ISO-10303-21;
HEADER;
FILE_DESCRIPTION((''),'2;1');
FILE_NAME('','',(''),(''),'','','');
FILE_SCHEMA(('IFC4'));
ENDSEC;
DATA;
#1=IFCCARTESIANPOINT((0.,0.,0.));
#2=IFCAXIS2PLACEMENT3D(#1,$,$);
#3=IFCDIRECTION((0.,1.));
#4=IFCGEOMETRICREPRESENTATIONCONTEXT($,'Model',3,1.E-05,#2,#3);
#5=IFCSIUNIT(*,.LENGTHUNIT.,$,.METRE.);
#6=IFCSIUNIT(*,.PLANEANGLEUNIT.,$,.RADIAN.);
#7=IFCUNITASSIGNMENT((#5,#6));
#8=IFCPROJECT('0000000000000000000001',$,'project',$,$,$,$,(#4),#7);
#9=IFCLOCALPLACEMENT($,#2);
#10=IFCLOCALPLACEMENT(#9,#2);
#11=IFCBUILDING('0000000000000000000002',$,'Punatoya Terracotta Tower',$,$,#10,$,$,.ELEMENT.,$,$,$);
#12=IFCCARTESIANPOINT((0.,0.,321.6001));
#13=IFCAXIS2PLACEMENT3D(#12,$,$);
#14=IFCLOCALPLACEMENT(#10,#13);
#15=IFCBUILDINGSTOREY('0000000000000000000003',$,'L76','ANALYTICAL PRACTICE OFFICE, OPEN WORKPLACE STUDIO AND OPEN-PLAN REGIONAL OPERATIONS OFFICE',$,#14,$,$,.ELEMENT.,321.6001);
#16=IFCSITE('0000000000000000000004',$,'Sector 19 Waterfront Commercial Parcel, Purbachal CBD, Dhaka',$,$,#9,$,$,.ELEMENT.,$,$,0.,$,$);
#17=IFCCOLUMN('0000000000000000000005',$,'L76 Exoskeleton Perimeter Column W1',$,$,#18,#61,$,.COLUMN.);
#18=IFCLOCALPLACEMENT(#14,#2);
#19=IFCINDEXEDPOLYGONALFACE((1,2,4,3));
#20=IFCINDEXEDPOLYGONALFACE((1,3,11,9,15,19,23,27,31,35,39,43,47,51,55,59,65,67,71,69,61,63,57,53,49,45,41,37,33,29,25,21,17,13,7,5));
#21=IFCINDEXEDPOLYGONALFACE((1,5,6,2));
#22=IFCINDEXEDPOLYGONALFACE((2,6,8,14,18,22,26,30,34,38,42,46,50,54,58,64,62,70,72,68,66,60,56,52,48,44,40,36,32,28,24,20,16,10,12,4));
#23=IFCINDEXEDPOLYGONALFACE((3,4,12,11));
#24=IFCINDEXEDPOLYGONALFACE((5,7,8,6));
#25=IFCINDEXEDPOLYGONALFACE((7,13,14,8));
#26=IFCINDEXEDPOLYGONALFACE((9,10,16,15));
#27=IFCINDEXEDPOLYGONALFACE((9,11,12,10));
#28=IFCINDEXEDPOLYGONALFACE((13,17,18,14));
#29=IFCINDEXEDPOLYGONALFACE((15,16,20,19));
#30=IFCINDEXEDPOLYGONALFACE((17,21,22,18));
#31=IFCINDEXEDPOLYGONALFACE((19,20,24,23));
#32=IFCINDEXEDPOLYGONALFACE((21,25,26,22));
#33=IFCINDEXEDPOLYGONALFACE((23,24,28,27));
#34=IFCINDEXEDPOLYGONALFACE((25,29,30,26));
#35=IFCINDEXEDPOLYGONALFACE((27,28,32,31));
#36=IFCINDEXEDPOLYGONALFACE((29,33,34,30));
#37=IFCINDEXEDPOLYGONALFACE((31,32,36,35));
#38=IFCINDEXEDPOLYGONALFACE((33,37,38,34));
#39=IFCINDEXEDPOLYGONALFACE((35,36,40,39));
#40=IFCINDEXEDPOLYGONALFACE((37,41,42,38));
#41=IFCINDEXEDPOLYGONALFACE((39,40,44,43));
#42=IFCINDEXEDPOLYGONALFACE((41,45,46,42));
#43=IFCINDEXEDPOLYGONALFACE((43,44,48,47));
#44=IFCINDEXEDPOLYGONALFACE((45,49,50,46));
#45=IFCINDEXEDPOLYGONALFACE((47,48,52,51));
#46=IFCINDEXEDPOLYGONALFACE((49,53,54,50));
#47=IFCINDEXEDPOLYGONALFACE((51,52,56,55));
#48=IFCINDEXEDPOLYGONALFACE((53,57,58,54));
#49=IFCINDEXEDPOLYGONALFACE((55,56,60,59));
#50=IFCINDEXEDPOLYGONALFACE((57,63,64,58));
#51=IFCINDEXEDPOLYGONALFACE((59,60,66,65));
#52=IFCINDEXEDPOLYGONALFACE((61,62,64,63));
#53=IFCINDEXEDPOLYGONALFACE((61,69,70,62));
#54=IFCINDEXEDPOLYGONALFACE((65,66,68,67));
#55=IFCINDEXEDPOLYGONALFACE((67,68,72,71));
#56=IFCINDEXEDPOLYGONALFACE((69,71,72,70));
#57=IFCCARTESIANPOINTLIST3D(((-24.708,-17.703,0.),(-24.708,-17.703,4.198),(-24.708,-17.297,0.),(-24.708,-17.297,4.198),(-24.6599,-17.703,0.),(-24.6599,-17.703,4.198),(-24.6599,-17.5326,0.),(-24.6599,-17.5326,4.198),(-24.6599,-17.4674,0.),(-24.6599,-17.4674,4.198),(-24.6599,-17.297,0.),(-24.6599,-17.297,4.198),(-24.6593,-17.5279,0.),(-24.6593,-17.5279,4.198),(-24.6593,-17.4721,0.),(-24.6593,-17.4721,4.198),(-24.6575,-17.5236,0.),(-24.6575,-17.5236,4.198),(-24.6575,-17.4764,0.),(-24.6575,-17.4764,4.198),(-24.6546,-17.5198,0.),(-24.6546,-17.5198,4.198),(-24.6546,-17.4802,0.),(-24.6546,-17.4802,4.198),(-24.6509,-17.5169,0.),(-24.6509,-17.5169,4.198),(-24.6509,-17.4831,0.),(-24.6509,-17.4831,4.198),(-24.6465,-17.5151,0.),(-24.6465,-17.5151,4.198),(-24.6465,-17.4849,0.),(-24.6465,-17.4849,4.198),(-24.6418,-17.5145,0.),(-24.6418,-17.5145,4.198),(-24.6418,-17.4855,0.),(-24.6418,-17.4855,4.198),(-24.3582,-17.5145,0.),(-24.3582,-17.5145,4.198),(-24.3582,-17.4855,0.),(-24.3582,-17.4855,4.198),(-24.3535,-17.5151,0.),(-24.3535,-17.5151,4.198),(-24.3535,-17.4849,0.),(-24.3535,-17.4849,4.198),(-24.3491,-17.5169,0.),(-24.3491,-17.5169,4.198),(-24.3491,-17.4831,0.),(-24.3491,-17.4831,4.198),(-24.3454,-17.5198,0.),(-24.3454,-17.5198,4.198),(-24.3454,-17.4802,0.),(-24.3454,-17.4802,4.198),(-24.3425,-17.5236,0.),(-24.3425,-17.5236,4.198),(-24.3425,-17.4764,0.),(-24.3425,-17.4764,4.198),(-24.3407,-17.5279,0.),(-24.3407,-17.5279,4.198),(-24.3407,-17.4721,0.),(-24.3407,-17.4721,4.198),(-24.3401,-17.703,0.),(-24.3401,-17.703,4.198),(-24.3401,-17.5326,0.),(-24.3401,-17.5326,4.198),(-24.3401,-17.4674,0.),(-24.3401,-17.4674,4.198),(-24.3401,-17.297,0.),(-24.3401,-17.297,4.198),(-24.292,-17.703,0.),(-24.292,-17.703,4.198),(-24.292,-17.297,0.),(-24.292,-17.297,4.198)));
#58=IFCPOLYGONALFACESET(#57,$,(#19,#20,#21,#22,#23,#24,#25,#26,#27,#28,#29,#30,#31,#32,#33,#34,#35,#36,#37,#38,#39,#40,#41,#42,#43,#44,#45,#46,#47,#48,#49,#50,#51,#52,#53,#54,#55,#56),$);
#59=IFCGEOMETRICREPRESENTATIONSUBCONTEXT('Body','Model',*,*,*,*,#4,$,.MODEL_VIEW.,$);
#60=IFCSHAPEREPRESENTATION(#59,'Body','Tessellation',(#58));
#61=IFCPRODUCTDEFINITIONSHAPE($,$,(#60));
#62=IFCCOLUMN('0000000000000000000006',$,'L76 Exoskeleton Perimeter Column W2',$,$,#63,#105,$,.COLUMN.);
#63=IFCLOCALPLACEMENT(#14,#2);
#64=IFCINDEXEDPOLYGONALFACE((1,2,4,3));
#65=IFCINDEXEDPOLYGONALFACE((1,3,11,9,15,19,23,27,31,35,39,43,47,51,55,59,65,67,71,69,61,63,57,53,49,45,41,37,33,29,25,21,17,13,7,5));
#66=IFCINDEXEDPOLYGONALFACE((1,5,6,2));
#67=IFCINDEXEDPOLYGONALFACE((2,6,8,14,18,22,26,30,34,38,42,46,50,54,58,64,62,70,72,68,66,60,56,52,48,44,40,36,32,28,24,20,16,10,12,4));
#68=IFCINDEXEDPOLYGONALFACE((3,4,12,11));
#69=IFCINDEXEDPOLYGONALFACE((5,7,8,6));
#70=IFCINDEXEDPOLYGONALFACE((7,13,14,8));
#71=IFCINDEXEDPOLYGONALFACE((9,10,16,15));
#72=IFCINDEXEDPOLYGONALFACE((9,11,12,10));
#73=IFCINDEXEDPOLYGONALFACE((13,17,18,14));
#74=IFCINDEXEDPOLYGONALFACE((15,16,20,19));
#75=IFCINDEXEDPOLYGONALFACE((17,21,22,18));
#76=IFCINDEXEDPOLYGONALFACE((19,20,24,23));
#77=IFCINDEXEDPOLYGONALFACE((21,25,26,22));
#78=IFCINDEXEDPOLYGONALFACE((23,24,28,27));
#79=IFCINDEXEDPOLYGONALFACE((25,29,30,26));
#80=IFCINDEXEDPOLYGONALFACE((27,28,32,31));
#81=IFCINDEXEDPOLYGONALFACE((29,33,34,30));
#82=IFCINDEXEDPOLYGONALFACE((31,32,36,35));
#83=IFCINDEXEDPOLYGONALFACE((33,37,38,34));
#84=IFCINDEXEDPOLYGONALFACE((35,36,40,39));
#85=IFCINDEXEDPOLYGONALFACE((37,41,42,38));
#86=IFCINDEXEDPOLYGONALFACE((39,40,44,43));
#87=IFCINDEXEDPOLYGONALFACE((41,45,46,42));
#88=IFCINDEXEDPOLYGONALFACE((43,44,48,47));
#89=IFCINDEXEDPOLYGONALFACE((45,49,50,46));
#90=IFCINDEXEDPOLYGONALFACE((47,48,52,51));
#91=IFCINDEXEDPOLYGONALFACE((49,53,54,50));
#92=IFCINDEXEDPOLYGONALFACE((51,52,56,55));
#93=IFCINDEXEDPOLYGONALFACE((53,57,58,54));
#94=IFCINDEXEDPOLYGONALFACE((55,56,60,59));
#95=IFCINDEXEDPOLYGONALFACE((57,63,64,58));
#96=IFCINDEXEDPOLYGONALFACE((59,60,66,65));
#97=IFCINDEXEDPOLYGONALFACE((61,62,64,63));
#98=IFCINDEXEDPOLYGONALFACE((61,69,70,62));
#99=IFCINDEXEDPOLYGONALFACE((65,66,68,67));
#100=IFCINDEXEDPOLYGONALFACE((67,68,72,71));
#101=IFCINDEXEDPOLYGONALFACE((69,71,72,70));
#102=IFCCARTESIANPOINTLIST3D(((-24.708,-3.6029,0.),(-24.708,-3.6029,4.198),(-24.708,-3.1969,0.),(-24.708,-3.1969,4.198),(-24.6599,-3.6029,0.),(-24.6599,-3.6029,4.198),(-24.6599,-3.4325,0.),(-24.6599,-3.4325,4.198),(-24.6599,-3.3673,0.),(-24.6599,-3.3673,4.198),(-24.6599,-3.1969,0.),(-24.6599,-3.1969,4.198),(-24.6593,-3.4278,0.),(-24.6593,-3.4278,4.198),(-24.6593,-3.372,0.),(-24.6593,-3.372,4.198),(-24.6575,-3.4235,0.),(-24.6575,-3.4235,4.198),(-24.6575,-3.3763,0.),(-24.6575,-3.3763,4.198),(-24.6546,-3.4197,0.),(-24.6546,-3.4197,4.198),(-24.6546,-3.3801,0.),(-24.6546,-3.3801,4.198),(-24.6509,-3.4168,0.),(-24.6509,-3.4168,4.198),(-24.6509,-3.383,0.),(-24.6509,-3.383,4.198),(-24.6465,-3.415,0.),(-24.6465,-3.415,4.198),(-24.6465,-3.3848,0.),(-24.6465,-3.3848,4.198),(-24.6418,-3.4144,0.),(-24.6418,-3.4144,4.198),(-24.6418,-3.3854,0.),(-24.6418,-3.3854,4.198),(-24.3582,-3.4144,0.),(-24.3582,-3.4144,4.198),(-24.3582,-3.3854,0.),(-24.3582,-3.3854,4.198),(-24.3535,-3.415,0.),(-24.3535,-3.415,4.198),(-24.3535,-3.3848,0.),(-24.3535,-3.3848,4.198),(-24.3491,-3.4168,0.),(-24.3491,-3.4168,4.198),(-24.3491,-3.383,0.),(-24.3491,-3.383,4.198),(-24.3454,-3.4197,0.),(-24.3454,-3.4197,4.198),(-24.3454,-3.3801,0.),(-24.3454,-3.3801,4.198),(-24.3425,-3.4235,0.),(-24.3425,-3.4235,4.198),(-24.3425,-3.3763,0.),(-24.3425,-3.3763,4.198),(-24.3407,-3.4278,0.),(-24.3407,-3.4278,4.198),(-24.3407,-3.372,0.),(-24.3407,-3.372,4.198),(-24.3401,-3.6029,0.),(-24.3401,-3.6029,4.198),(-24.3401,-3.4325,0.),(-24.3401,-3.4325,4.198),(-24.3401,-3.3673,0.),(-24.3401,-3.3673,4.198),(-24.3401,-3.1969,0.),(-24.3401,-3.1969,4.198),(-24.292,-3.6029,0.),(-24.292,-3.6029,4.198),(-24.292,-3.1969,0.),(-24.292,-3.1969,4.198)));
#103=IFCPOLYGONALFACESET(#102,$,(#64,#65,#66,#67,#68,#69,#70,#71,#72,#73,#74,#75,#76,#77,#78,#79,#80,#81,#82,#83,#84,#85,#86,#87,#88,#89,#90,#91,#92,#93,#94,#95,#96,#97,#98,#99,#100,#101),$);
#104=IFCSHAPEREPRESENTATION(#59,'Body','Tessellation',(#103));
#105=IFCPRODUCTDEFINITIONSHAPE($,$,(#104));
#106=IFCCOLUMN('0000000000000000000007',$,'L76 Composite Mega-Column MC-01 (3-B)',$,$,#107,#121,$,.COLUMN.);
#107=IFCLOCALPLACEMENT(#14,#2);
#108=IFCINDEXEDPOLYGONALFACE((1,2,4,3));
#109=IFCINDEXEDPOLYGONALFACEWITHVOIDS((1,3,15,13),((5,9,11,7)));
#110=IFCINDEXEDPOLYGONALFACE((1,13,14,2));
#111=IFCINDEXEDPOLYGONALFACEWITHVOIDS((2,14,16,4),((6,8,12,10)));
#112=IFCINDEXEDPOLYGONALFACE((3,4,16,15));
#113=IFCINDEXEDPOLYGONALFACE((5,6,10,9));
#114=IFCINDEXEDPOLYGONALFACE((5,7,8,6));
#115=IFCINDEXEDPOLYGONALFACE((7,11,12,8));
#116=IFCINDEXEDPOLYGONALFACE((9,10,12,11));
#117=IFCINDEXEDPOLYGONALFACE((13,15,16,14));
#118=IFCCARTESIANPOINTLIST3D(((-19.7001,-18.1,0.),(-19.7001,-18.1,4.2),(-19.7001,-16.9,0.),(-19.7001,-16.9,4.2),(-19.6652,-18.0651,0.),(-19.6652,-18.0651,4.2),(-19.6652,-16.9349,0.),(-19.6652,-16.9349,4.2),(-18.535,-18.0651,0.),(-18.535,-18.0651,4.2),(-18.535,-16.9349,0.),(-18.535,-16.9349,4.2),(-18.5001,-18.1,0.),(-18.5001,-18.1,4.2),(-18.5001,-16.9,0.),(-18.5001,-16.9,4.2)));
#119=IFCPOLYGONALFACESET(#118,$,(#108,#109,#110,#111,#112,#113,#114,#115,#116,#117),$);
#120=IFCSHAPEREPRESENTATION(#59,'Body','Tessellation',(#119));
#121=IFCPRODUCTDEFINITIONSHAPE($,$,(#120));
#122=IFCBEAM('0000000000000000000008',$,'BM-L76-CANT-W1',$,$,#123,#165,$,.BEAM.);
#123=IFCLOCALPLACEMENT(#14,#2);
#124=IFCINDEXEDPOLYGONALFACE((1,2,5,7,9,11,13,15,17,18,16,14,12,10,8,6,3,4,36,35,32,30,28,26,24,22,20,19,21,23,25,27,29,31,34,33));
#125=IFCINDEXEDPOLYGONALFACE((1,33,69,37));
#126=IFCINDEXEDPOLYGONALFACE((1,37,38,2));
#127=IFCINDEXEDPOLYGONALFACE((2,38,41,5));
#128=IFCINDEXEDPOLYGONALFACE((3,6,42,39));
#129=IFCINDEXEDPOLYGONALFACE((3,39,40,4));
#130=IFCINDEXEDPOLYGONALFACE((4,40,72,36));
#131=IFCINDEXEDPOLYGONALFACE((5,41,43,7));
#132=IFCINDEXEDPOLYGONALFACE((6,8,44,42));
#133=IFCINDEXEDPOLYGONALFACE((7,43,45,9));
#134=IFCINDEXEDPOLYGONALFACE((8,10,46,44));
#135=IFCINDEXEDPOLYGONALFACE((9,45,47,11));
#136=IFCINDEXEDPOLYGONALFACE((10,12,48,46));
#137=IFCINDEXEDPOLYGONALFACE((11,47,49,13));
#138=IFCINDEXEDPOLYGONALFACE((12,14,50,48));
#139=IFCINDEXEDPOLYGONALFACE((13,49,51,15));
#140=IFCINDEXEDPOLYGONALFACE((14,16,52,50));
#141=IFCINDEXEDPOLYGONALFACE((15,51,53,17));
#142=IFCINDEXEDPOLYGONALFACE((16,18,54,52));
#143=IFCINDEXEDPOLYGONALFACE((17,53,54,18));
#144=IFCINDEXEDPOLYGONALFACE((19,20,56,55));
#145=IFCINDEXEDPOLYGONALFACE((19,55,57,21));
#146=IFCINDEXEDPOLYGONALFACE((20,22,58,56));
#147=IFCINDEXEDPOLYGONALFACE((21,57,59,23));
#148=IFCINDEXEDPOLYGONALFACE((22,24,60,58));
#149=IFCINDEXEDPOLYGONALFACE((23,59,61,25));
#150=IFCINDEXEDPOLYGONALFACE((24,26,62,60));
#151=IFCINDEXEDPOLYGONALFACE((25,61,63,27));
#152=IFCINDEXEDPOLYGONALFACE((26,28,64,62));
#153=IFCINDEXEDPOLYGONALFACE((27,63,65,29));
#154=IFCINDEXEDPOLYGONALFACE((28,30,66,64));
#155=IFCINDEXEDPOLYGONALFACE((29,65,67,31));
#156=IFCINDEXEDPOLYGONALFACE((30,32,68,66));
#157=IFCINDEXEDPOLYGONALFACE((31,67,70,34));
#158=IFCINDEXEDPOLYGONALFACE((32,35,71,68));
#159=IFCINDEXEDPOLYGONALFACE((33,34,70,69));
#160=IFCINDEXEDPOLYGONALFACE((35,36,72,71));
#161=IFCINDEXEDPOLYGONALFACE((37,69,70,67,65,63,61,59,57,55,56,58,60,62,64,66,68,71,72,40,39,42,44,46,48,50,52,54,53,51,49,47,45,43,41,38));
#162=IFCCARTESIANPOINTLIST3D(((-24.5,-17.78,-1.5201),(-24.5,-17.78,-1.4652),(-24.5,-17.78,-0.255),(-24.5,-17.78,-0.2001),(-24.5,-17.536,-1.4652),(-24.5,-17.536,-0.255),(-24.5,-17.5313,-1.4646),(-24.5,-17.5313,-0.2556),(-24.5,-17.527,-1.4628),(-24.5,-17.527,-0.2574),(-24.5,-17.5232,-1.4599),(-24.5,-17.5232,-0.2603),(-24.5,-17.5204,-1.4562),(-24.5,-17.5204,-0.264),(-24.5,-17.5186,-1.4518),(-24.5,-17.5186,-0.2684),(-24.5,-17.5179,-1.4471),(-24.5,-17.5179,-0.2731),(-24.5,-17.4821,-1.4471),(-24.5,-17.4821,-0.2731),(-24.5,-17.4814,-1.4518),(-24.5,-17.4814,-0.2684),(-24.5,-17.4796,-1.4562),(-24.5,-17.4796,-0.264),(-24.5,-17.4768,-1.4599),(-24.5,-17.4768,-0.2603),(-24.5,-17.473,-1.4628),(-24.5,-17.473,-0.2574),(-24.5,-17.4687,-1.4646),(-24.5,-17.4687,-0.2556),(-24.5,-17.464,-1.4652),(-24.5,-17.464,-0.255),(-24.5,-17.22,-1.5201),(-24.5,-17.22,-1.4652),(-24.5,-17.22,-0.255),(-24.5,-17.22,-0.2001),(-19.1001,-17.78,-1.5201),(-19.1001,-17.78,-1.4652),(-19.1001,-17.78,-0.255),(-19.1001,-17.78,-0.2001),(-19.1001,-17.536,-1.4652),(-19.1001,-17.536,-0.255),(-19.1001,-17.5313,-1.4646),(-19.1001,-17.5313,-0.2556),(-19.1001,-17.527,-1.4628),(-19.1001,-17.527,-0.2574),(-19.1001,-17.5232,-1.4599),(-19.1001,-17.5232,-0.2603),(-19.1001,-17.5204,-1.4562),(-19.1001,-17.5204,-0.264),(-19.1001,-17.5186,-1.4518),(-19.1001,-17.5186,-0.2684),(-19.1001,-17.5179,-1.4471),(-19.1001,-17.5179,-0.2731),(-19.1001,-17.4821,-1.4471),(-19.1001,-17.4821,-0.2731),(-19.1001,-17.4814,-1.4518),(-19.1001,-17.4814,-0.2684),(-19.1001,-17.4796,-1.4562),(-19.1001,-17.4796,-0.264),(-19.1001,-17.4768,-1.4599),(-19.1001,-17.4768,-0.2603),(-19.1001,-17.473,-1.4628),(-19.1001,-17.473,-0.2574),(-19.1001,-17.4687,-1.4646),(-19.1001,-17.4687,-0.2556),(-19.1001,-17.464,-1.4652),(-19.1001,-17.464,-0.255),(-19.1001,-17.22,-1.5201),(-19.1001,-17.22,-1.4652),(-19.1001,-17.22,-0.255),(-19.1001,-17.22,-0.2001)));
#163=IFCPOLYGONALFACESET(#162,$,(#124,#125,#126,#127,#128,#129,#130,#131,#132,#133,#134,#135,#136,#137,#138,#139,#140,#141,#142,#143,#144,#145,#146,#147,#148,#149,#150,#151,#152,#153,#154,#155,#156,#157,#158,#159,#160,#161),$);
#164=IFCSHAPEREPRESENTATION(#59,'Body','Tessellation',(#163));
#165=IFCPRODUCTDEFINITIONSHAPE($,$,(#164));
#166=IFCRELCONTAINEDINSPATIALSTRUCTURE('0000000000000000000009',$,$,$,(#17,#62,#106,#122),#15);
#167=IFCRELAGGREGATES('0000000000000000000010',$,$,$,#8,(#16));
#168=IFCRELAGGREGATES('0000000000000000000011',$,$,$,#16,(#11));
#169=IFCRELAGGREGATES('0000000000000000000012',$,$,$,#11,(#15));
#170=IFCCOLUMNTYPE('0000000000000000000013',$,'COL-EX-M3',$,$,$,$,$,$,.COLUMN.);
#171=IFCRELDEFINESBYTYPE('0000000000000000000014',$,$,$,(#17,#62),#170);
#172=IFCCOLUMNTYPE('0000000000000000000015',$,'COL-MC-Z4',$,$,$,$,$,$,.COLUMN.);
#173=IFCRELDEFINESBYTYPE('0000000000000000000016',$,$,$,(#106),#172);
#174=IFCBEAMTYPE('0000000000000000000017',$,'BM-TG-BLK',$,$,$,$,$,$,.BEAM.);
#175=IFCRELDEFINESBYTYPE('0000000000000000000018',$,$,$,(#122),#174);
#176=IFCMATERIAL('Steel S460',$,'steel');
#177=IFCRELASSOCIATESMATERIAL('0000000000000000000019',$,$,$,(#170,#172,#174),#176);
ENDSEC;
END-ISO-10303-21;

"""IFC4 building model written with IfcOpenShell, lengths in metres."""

from ifc_helpers import new_model, si_unit, direction, frame, origin, origin_2d, place, context, subcontext, project, spatial, hollow_rectangle, i_section, extrude, material, material_profile, profile_set, type_object, element, save


model = new_model("IFC4")

# Units and contexts
model_context = context("Model", 3, precision=1e-05, world=origin(), true_north=direction((0.0, 1.0)))
body_context = subcontext(model_context, "Body", "Model", "MODEL_VIEW")
ifc_project = project(units=[si_unit("LENGTHUNIT", "METRE"), si_unit("PLANEANGLEUNIT", "RADIAN")], contexts=[model_context])

# Site, building, storey
site_placement = place(None, origin())
site = spatial("IfcSite", under=ifc_project, at=site_placement, Name="Sector 19 Waterfront Commercial Parcel, Purbachal CBD, Dhaka", CompositionType="ELEMENT", RefElevation=0.0)
building_placement = place(site_placement, origin())
building = spatial("IfcBuilding", under=site, at=building_placement, Name="Punatoya Terracotta Tower", CompositionType="ELEMENT")
storey_placement = place(building_placement, frame((0.0, 0.0, 321.6001)))
storey = spatial("IfcBuildingStorey", under=building, at=storey_placement, Name="L76", Description="ANALYTICAL PRACTICE OFFICE, OPEN WORKPLACE STUDIO AND OPEN-PLAN REGIONAL OPERATIONS OFFICE", CompositionType="ELEMENT", Elevation=321.6001)

# Columns
ifc_material_1 = material(Name="Steel S460", Category="steel")
ifc_material_profile_1 = material_profile(ifc_material_1, i_section(OverallWidth=0.406, OverallDepth=0.416, WebThickness=0.0291, FlangeThickness=0.0481, FilletRadius=0.0181, at=origin_2d()))
ifc_profile_set_1 = profile_set([ifc_material_profile_1], Name="Steel S460")
column_type_1 = type_object("IfcColumnType", Name="COL-EX-M3", PredefinedType="COLUMN", material=ifc_profile_set_1)
for number, where, z_axis, x_axis, name in (
    (1, (-24.5, -17.5, 0.0), (0.0, 0.0, 1.0), (0.0, 1.0, 0.0), "L76 Exoskeleton Perimeter Column W1"),
    (2, (-24.5, -3.3999, 0.0), (0.0, 0.0, 1.0), (0.0, 1.0, 0.0), "L76 Exoskeleton Perimeter Column W2"),
):
    element("IfcColumn", number, at=place(storey_placement, frame(where, z_axis=z_axis, x_axis=x_axis)), inside=storey, type_object=column_type_1, Name=name, PredefinedType="COLUMN", context=body_context, shape_type="SweptSolid", body=[
        extrude(i_section(OverallWidth=0.406, OverallDepth=0.416, WebThickness=0.0291, FlangeThickness=0.0481, FilletRadius=0.0181, at=origin_2d()), origin(), (0.0, 0.0, 1.0), 4.198),
    ])
ifc_material_profile_2 = material_profile(ifc_material_1, hollow_rectangle(XDim=1.2, YDim=1.2, WallThickness=0.0349, at=origin_2d()))
ifc_profile_set_2 = profile_set([ifc_material_profile_2], Name="Steel S460")
column_type_2 = type_object("IfcColumnType", Name="COL-MC-Z4", PredefinedType="COLUMN", material=ifc_profile_set_2)
column_placement = place(storey_placement, frame((-19.1001, -17.5, 0.0), z_axis=(0.0, 0.0, 1.0), x_axis=(1.0, 0.0, 0.0)))
element("IfcColumn", 3, at=column_placement, inside=storey, type_object=column_type_2, Name="L76 Composite Mega-Column MC-01 (3-B)", PredefinedType="COLUMN", context=body_context, shape_type="SweptSolid", body=[
    extrude(hollow_rectangle(XDim=1.2, YDim=1.2, WallThickness=0.0349, at=origin_2d()), origin(), (0.0, 0.0, 1.0), 4.2),
])

# Beam
ifc_material_profile_3 = material_profile(ifc_material_1, i_section(OverallWidth=0.5601, OverallDepth=1.3201, WebThickness=0.0359, FlangeThickness=0.0549, FilletRadius=0.0181, at=origin_2d()))
ifc_profile_set_3 = profile_set([ifc_material_profile_3], Name="Steel S460")
beam_type_1 = type_object("IfcBeamType", Name="BM-TG-BLK", PredefinedType="BEAM", material=ifc_profile_set_3)
for number, where, z_axis, x_axis, name in (
    (4, (-24.5, -17.5, -0.8601), (1.0, 0.0, 0.0), (0.0, 1.0, 0.0), "BM-L76-CANT-W1"),
):
    element("IfcBeam", number, at=place(storey_placement, frame(where, z_axis=z_axis, x_axis=x_axis)), inside=storey, type_object=beam_type_1, Name=name, PredefinedType="BEAM", context=body_context, shape_type="SweptSolid", body=[
        extrude(i_section(OverallWidth=0.5601, OverallDepth=1.3201, WebThickness=0.0359, FlangeThickness=0.0549, FilletRadius=0.0181, at=origin_2d()), origin(), (0.0, 0.0, 1.0), 5.3999),
    ])

save(model, "model.ifc")
